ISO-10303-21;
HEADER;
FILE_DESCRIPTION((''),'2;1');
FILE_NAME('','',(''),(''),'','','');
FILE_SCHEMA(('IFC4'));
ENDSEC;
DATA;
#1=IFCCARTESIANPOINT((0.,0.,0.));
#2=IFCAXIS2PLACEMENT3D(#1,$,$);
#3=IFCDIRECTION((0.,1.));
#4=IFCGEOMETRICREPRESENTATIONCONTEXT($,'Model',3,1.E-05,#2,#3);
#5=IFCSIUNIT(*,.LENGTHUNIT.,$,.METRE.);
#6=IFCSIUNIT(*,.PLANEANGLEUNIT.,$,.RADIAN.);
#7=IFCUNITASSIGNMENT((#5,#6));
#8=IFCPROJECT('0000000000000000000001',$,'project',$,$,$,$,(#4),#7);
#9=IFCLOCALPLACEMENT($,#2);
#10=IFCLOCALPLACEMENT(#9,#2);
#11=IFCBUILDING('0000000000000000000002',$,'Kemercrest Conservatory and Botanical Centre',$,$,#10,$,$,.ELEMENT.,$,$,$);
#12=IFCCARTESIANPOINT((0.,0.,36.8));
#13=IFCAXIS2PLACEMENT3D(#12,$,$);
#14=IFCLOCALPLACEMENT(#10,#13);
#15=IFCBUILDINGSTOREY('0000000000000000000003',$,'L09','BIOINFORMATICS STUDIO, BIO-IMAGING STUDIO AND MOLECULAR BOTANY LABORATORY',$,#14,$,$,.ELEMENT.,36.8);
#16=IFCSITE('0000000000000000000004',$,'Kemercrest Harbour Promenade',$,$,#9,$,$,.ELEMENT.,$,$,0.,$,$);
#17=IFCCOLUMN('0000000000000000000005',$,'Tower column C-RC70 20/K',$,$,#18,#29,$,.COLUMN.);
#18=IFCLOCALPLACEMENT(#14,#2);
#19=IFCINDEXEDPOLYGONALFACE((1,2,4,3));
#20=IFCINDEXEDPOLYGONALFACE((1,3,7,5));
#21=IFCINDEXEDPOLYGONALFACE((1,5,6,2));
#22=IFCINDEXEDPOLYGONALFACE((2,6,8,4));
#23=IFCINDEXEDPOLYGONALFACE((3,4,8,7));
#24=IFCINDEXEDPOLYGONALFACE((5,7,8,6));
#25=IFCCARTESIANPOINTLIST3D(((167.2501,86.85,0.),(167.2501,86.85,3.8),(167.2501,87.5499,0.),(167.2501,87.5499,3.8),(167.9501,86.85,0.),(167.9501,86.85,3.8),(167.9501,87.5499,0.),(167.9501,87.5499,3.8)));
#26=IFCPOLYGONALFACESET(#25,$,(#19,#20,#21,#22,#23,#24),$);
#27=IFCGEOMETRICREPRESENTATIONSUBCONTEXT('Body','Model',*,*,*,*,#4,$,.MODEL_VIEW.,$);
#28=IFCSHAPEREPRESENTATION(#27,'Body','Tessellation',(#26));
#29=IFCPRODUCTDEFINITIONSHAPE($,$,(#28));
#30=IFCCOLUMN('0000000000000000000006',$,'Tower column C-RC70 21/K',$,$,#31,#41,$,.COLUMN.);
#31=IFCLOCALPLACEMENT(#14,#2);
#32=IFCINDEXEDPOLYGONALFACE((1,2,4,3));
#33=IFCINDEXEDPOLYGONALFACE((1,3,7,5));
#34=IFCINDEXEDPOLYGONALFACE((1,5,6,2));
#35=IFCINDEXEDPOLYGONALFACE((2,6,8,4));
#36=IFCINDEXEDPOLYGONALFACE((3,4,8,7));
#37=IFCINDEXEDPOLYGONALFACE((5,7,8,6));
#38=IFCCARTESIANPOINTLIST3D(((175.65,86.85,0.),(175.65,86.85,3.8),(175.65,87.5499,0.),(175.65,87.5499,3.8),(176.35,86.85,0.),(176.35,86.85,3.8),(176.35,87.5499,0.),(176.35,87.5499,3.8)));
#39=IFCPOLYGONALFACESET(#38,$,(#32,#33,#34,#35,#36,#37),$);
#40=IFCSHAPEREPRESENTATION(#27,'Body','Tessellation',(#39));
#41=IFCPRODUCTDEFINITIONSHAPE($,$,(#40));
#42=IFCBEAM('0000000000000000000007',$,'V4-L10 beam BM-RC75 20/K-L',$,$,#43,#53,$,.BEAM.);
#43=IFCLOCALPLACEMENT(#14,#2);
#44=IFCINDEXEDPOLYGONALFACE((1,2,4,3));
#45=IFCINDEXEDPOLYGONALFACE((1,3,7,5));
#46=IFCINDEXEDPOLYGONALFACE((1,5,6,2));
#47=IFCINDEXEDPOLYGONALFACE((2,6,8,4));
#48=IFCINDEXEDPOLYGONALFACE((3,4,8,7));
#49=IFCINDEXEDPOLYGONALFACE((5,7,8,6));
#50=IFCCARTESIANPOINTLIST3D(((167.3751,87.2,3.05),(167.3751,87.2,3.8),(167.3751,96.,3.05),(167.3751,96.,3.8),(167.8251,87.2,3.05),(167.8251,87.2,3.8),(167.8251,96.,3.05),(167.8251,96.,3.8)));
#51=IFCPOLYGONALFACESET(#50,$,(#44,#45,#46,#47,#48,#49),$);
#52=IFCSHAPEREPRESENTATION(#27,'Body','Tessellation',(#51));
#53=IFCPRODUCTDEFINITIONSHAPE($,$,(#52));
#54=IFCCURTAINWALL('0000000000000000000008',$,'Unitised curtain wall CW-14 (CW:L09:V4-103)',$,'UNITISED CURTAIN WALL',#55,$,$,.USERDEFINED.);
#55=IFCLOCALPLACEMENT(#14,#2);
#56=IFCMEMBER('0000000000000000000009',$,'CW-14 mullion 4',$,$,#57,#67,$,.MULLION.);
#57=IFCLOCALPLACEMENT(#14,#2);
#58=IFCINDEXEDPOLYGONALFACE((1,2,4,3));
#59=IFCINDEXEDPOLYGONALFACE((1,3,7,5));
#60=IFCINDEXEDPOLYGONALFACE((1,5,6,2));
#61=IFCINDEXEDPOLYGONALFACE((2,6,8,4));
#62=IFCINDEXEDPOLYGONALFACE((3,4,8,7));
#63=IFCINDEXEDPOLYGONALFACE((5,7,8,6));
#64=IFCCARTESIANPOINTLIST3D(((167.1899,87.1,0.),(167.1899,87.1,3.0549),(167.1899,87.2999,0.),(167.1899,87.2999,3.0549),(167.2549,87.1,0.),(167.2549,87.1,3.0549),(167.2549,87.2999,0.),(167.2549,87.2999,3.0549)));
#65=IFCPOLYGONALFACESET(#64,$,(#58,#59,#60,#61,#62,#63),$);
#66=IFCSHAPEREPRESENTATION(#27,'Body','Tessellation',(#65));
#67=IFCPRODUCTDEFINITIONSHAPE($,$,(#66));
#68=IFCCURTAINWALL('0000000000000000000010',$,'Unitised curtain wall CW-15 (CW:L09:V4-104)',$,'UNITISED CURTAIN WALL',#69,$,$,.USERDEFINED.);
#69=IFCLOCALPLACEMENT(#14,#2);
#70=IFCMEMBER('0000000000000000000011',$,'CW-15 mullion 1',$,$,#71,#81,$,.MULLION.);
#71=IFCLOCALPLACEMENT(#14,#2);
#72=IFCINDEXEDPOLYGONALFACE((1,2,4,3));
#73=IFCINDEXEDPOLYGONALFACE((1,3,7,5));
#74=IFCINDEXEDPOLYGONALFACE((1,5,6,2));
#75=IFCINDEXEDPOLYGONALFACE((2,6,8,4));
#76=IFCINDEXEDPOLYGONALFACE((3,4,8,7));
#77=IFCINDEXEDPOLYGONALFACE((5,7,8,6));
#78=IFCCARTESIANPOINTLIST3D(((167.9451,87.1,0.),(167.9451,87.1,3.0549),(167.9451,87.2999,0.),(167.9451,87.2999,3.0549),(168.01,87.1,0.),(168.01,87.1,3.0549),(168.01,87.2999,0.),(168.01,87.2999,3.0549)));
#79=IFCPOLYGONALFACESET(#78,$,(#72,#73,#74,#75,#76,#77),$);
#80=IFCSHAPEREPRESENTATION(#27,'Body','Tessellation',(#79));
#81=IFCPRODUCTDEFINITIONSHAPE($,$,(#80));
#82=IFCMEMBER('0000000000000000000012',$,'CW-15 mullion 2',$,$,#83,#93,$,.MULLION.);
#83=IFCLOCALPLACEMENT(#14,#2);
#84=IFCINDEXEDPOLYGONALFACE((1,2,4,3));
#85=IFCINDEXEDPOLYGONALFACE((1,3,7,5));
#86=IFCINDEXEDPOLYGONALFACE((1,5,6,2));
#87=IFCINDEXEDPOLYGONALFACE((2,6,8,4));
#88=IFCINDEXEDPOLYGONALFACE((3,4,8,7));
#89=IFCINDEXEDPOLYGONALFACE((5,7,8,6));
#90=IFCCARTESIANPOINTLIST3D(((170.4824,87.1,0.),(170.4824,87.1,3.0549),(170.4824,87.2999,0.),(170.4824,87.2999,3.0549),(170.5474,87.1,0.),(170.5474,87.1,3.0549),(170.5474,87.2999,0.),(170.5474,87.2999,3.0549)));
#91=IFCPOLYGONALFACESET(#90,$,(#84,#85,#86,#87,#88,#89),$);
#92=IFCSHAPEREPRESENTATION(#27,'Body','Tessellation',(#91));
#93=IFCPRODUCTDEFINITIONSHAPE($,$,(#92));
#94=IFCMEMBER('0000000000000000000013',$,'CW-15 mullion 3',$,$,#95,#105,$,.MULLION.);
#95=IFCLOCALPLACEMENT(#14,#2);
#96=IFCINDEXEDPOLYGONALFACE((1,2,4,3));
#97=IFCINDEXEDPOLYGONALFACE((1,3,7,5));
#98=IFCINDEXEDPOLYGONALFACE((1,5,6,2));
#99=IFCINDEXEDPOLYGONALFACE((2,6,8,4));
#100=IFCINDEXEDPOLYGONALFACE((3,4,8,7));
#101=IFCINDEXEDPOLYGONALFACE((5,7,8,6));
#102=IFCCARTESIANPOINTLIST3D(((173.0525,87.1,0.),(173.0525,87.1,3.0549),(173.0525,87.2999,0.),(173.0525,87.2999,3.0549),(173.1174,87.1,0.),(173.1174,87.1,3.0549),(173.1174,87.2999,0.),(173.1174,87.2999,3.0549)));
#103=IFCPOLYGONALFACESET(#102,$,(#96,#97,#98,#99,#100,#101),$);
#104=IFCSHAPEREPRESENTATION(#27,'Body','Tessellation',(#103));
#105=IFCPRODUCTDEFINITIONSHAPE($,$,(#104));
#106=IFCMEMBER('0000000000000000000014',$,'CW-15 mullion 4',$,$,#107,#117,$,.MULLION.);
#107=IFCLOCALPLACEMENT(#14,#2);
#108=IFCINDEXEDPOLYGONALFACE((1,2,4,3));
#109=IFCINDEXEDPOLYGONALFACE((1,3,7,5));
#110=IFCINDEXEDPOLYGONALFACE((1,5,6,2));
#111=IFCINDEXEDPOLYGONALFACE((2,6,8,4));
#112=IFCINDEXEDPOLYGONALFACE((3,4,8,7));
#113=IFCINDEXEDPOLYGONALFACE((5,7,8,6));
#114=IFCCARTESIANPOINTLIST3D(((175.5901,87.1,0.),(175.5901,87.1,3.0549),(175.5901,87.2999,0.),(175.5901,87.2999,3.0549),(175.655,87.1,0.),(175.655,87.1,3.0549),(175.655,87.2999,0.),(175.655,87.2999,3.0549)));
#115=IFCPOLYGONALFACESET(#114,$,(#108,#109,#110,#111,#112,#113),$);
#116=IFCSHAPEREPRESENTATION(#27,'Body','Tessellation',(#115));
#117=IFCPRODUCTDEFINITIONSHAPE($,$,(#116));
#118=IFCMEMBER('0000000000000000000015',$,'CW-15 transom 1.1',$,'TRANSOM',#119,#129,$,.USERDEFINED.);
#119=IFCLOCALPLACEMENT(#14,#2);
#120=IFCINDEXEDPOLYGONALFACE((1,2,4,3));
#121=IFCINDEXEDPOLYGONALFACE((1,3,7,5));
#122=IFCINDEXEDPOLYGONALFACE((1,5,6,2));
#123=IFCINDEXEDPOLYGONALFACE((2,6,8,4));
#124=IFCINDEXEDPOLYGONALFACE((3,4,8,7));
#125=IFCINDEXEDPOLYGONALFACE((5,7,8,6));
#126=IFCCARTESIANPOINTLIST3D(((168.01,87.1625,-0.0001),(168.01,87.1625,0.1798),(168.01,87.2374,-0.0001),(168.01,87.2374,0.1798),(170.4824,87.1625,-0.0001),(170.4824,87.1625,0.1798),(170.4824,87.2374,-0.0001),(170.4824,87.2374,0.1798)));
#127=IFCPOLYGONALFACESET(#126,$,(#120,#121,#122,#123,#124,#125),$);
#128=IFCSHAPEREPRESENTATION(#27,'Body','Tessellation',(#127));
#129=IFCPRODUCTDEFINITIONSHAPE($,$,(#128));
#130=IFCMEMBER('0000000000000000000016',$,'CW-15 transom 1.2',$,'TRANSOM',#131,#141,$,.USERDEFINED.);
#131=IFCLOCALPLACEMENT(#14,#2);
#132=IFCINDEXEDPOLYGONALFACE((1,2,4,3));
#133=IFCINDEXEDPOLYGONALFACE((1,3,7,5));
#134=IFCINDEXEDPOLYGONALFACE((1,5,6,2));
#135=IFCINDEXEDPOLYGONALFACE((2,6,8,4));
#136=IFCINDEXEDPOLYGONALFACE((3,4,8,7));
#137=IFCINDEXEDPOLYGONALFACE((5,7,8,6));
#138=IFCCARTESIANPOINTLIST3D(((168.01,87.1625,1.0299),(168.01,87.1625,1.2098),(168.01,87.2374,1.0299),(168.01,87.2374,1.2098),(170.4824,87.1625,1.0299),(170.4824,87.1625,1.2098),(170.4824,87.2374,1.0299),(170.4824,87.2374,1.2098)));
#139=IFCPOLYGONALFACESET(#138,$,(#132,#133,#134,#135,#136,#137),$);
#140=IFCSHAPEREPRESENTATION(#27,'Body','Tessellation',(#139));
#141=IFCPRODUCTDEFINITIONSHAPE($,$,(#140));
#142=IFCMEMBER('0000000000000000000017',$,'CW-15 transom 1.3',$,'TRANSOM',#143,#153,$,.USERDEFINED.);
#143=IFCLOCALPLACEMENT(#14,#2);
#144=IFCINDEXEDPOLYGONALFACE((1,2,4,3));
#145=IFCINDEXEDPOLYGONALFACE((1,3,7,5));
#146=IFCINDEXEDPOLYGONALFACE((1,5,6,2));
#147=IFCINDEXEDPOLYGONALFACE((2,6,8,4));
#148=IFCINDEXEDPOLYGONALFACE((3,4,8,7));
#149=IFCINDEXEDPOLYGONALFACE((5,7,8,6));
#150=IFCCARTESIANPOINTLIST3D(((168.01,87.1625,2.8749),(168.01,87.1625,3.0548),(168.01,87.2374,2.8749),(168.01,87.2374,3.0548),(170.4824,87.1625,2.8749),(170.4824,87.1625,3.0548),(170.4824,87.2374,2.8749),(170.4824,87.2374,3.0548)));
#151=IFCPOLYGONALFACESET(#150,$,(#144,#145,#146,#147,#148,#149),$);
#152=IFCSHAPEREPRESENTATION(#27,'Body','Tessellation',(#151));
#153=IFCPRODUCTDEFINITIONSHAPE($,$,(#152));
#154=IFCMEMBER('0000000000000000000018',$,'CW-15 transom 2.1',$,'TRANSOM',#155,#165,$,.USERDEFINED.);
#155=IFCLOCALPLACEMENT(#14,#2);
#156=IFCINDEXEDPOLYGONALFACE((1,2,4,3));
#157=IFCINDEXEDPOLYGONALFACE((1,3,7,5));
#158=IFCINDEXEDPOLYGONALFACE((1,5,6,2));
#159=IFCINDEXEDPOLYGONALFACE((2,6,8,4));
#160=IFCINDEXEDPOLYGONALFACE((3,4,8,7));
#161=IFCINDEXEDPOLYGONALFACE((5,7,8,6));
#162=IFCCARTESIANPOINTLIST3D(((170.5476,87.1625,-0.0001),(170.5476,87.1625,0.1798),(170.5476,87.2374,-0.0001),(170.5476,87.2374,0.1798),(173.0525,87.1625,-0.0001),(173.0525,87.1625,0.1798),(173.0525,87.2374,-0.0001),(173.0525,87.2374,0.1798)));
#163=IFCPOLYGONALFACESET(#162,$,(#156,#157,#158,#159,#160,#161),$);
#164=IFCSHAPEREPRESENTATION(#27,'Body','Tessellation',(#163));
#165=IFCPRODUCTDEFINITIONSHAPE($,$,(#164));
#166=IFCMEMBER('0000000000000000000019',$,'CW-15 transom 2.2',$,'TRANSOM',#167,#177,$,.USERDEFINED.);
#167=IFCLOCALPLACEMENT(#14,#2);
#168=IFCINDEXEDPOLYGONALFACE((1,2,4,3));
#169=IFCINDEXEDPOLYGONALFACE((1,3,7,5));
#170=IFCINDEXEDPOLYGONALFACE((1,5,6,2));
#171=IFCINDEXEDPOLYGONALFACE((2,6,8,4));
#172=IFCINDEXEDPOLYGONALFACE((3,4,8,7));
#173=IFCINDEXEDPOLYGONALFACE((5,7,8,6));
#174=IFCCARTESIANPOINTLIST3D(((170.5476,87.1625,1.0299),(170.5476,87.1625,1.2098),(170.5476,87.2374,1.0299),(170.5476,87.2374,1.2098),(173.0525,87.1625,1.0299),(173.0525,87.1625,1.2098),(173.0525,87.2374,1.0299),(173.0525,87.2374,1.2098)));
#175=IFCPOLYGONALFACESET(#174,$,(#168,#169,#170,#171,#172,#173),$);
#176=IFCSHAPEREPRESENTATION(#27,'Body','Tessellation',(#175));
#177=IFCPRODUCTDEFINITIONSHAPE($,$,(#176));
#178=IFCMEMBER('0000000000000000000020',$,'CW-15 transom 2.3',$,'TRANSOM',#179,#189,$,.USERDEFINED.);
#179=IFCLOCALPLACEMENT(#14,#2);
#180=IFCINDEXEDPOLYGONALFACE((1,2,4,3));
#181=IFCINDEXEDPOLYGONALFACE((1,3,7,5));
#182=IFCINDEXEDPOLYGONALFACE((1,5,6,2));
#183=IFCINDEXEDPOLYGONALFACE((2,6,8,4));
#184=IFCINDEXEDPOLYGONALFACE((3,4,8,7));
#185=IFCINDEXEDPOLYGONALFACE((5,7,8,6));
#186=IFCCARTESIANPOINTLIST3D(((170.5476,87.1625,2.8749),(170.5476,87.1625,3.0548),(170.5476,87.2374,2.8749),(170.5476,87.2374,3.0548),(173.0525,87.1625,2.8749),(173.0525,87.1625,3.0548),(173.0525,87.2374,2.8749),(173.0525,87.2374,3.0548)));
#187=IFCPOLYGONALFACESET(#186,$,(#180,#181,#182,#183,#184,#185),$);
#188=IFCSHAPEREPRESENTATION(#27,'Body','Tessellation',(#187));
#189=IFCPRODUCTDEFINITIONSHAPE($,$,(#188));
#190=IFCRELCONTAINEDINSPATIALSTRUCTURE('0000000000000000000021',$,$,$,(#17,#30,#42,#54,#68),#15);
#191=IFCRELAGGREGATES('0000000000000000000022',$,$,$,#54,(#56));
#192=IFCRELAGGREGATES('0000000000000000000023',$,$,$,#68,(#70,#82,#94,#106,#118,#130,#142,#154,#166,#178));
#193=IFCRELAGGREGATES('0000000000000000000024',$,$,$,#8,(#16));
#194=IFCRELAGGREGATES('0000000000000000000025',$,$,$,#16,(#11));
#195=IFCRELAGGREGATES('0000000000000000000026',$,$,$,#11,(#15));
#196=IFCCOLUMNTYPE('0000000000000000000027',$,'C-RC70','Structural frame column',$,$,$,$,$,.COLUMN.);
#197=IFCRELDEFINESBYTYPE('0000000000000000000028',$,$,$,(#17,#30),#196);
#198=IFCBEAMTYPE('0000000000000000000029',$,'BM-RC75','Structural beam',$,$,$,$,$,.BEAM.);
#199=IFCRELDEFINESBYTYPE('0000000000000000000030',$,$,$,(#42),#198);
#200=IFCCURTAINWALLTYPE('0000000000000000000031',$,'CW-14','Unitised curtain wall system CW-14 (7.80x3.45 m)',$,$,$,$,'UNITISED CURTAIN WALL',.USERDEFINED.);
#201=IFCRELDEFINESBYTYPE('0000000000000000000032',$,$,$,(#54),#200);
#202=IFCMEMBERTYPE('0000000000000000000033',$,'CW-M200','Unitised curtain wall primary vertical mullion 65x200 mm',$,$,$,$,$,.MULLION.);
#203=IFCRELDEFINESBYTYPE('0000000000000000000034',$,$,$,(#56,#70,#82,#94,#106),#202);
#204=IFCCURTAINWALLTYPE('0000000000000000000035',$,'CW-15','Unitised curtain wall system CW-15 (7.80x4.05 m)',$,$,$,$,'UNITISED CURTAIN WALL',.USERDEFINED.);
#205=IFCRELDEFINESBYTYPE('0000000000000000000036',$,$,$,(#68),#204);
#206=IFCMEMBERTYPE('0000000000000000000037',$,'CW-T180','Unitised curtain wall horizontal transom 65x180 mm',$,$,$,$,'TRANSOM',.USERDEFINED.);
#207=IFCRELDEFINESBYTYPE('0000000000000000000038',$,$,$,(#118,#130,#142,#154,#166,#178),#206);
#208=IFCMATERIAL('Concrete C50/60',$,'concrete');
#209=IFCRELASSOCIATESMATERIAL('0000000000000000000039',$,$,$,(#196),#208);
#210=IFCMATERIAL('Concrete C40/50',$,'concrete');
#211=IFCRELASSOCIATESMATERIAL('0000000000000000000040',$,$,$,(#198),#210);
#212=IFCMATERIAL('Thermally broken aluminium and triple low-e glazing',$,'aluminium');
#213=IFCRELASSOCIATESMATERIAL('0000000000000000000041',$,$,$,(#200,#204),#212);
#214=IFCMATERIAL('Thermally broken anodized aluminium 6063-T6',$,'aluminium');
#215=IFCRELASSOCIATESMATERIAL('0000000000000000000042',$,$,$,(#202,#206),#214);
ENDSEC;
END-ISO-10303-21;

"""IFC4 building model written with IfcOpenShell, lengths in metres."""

from ifc_helpers import new_model, si_unit, direction, frame, origin, origin_2d, place, context, subcontext, project, spatial, rectangle, extrude, material, material_profile, profile_set, type_object, element, aggregate, save


model = new_model("IFC4")

# Units and contexts
model_context = context("Model", 3, precision=1e-05, world=origin(), true_north=direction((0.0, 1.0)))
body_context = subcontext(model_context, "Body", "Model", "MODEL_VIEW")
ifc_project = project(units=[si_unit("LENGTHUNIT", "METRE"), si_unit("PLANEANGLEUNIT", "RADIAN")], contexts=[model_context])

# Site, building, storey
site_placement = place(None, origin())
site = spatial("IfcSite", under=ifc_project, at=site_placement, Name="Kemercrest Harbour Promenade", CompositionType="ELEMENT", RefElevation=0.0)
building_placement = place(site_placement, origin())
building = spatial("IfcBuilding", under=site, at=building_placement, Name="Kemercrest Conservatory and Botanical Centre", CompositionType="ELEMENT")
storey_placement = place(building_placement, frame((0.0, 0.0, 36.8)))
storey = spatial("IfcBuildingStorey", under=building, at=storey_placement, Name="L09", Description="BIOINFORMATICS STUDIO, BIO-IMAGING STUDIO AND MOLECULAR BOTANY LABORATORY", CompositionType="ELEMENT", Elevation=36.8)

# Columns
ifc_material_1 = material(Name="Concrete C50/60", Category="concrete")
ifc_material_profile_1 = material_profile(ifc_material_1, rectangle(XDim=0.7, YDim=0.7, at=origin_2d()), Name="RC 700x700")
ifc_profile_set_1 = profile_set([ifc_material_profile_1], Name="Concrete C50/60")
column_type = type_object("IfcColumnType", Name="C-RC70", Description="Structural frame column", PredefinedType="COLUMN", material=ifc_profile_set_1)
for number, where, z_axis, x_axis, name in (
    (1, (167.6001, 87.2, 0.0), (0.0, 0.0, 1.0), (1.0, 0.0, 0.0), "Tower column C-RC70 20/K"),
    (2, (176.0, 87.2, 0.0), (0.0, 0.0, 1.0), (1.0, 0.0, 0.0), "Tower column C-RC70 21/K"),
):
    element("IfcColumn", number, at=place(storey_placement, frame(where, z_axis=z_axis, x_axis=x_axis)), inside=storey, type_object=column_type, Name=name, PredefinedType="COLUMN", context=body_context, shape_type="SweptSolid", body=[
        extrude(rectangle(XDim=0.7, YDim=0.7, at=origin_2d()), origin(), (0.0, 0.0, 1.0), 3.8),
    ])

# Beam
ifc_material_2 = material(Name="Concrete C40/50", Category="concrete")
ifc_material_profile_2 = material_profile(ifc_material_2, rectangle(XDim=0.45, YDim=0.75, at=origin_2d()), Name="RC 450x750")
ifc_profile_set_2 = profile_set([ifc_material_profile_2], Name="Concrete C40/50")
beam_type_1 = type_object("IfcBeamType", Name="BM-RC75", Description="Structural beam", PredefinedType="BEAM", material=ifc_profile_set_2)
beam_1_placement = place(storey_placement, frame((167.6001, 87.2, 3.425), z_axis=(0.0, 1.0, 0.0), x_axis=(-1.0, 0.0, 0.0)))
element("IfcBeam", 3, at=beam_1_placement, inside=storey, type_object=beam_type_1, Name="V4-L10 beam BM-RC75 20/K-L", PredefinedType="BEAM", context=body_context, shape_type="SweptSolid", body=[
    extrude(rectangle(XDim=0.45, YDim=0.75, at=origin_2d()), origin(), (0.0, 0.0, 1.0), 8.8),
])

# Curtain wall, member
ifc_material_3 = material(Name="Thermally broken aluminium and triple low-e glazing", Category="aluminium")
curtain_wall_type_1 = type_object("IfcCurtainWallType", Name="CW-14", Description="Unitised curtain wall system CW-14 (7.80x3.45 m)", ElementType="UNITISED CURTAIN WALL", PredefinedType="USERDEFINED", material=ifc_material_3)
curtain_wall_1_placement = place(storey_placement, origin())
curtain_wall_1 = element("IfcCurtainWall", 4, at=curtain_wall_1_placement, inside=storey, type_object=curtain_wall_type_1, Name="Unitised curtain wall CW-14 (CW:L09:V4-103)", ObjectType="UNITISED CURTAIN WALL", PredefinedType="USERDEFINED")
ifc_material_4 = material(Name="Thermally broken anodized aluminium 6063-T6", Category="aluminium")
ifc_material_profile_3 = material_profile(ifc_material_4, rectangle(XDim=0.2, YDim=0.0649, at=origin_2d()), Name="AL MULLION 65x200")
ifc_profile_set_3 = profile_set([ifc_material_profile_3], Name="Thermally broken anodized aluminium 6063-T6")
member_type_1 = type_object("IfcMemberType", Name="CW-M200", Description="Unitised curtain wall primary vertical mullion 65x200 mm", PredefinedType="MULLION", material=ifc_profile_set_3)
member_1_placement = place(storey_placement, frame((167.2224, 87.2, 0.0), z_axis=(0.0, 0.0, 1.0), x_axis=(0.0, 1.0, 0.0)))
member_1 = element("IfcMember", 5, at=member_1_placement, type_object=member_type_1, Name="CW-14 mullion 4", PredefinedType="MULLION", context=body_context, shape_type="SweptSolid", body=[
    extrude(rectangle(XDim=0.2, YDim=0.0649, at=origin_2d()), origin(), (0.0, 0.0, 1.0), 3.0549),
])
aggregate(curtain_wall_1, [member_1])

# Curtain wall, members
curtain_wall_type_2 = type_object("IfcCurtainWallType", Name="CW-15", Description="Unitised curtain wall system CW-15 (7.80x4.05 m)", ElementType="UNITISED CURTAIN WALL", PredefinedType="USERDEFINED", material=ifc_material_3)
curtain_wall_2_placement = place(storey_placement, origin())
curtain_wall_2 = element("IfcCurtainWall", 6, at=curtain_wall_2_placement, inside=storey, type_object=curtain_wall_type_2, Name="Unitised curtain wall CW-15 (CW:L09:V4-104)", ObjectType="UNITISED CURTAIN WALL", PredefinedType="USERDEFINED")
member_2_placement = place(storey_placement, frame((167.9775, 87.2, 0.0), z_axis=(0.0, 0.0, 1.0), x_axis=(0.0, 1.0, 0.0)))
member_2 = element("IfcMember", 7, at=member_2_placement, type_object=member_type_1, Name="CW-15 mullion 1", PredefinedType="MULLION", context=body_context, shape_type="SweptSolid", body=[
    extrude(rectangle(XDim=0.2, YDim=0.0649, at=origin_2d()), origin(), (0.0, 0.0, 1.0), 3.0549),
])
member_3_placement = place(storey_placement, frame((170.5149, 87.2, 0.0), z_axis=(0.0, 0.0, 1.0), x_axis=(0.0, 1.0, 0.0)))
member_3 = element("IfcMember", 8, at=member_3_placement, type_object=member_type_1, Name="CW-15 mullion 2", PredefinedType="MULLION", context=body_context, shape_type="SweptSolid", body=[
    extrude(rectangle(XDim=0.2, YDim=0.0649, at=origin_2d()), origin(), (0.0, 0.0, 1.0), 3.0549),
])
member_4_placement = place(storey_placement, frame((173.085, 87.2, 0.0), z_axis=(0.0, 0.0, 1.0), x_axis=(0.0, 1.0, 0.0)))
member_4 = element("IfcMember", 9, at=member_4_placement, type_object=member_type_1, Name="CW-15 mullion 3", PredefinedType="MULLION", context=body_context, shape_type="SweptSolid", body=[
    extrude(rectangle(XDim=0.2, YDim=0.0649, at=origin_2d()), origin(), (0.0, 0.0, 1.0), 3.0549),
])
member_5_placement = place(storey_placement, frame((175.6226, 87.2, 0.0), z_axis=(0.0, 0.0, 1.0), x_axis=(0.0, 1.0, 0.0)))
member_5 = element("IfcMember", 10, at=member_5_placement, type_object=member_type_1, Name="CW-15 mullion 4", PredefinedType="MULLION", context=body_context, shape_type="SweptSolid", body=[
    extrude(rectangle(XDim=0.2, YDim=0.0649, at=origin_2d()), origin(), (0.0, 0.0, 1.0), 3.0549),
])
ifc_material_profile_4 = material_profile(ifc_material_4, rectangle(XDim=0.075, YDim=0.1799, at=origin_2d()), Name="AL TRANSOM 75x180")
ifc_profile_set_4 = profile_set([ifc_material_profile_4], Name="Thermally broken anodized aluminium 6063-T6")
member_type_2 = type_object("IfcMemberType", Name="CW-T180", Description="Unitised curtain wall horizontal transom 65x180 mm", ElementType="TRANSOM", PredefinedType="USERDEFINED", material=ifc_profile_set_4)
member_6_placement = place(storey_placement, frame((168.01, 87.2, 0.0898), z_axis=(1.0, 0.0, 0.0), x_axis=(0.0, 1.0, 0.0)))
member_6 = element("IfcMember", 11, at=member_6_placement, type_object=member_type_2, Name="CW-15 transom 1.1", ObjectType="TRANSOM", PredefinedType="USERDEFINED", context=body_context, shape_type="SweptSolid", body=[
    extrude(rectangle(XDim=0.075, YDim=0.1799, at=origin_2d()), origin(), (0.0, 0.0, 1.0), 2.4724),
])
member_7_placement = place(storey_placement, frame((168.01, 87.2, 1.1199), z_axis=(1.0, 0.0, 0.0), x_axis=(0.0, 1.0, 0.0)))
member_7 = element("IfcMember", 12, at=member_7_placement, type_object=member_type_2, Name="CW-15 transom 1.2", ObjectType="TRANSOM", PredefinedType="USERDEFINED", context=body_context, shape_type="SweptSolid", body=[
    extrude(rectangle(XDim=0.075, YDim=0.1799, at=origin_2d()), origin(), (0.0, 0.0, 1.0), 2.4724),
])
member_8_placement = place(storey_placement, frame((168.01, 87.2, 2.9648), z_axis=(1.0, 0.0, 0.0), x_axis=(0.0, 1.0, 0.0)))
member_8 = element("IfcMember", 13, at=member_8_placement, type_object=member_type_2, Name="CW-15 transom 1.3", ObjectType="TRANSOM", PredefinedType="USERDEFINED", context=body_context, shape_type="SweptSolid", body=[
    extrude(rectangle(XDim=0.075, YDim=0.1799, at=origin_2d()), origin(), (0.0, 0.0, 1.0), 2.4724),
])
member_9_placement = place(storey_placement, frame((170.5476, 87.2, 0.0898), z_axis=(1.0, 0.0, 0.0), x_axis=(0.0, 1.0, 0.0)))
member_9 = element("IfcMember", 14, at=member_9_placement, type_object=member_type_2, Name="CW-15 transom 2.1", ObjectType="TRANSOM", PredefinedType="USERDEFINED", context=body_context, shape_type="SweptSolid", body=[
    extrude(rectangle(XDim=0.075, YDim=0.1799, at=origin_2d()), origin(), (0.0, 0.0, 1.0), 2.5049),
])
member_10_placement = place(storey_placement, frame((170.5476, 87.2, 1.1199), z_axis=(1.0, 0.0, 0.0), x_axis=(0.0, 1.0, 0.0)))
member_10 = element("IfcMember", 15, at=member_10_placement, type_object=member_type_2, Name="CW-15 transom 2.2", ObjectType="TRANSOM", PredefinedType="USERDEFINED", context=body_context, shape_type="SweptSolid", body=[
    extrude(rectangle(XDim=0.075, YDim=0.1799, at=origin_2d()), origin(), (0.0, 0.0, 1.0), 2.5049),
])
member_11_placement = place(storey_placement, frame((170.5476, 87.2, 2.9648), z_axis=(1.0, 0.0, 0.0), x_axis=(0.0, 1.0, 0.0)))
member_11 = element("IfcMember", 16, at=member_11_placement, type_object=member_type_2, Name="CW-15 transom 2.3", ObjectType="TRANSOM", PredefinedType="USERDEFINED", context=body_context, shape_type="SweptSolid", body=[
    extrude(rectangle(XDim=0.075, YDim=0.1799, at=origin_2d()), origin(), (0.0, 0.0, 1.0), 2.5049),
])

aggregate(curtain_wall_2, [member_2, member_3, member_4, member_5, member_6, member_7, member_8, member_9, member_10, member_11])

save(model, "model.ifc")
